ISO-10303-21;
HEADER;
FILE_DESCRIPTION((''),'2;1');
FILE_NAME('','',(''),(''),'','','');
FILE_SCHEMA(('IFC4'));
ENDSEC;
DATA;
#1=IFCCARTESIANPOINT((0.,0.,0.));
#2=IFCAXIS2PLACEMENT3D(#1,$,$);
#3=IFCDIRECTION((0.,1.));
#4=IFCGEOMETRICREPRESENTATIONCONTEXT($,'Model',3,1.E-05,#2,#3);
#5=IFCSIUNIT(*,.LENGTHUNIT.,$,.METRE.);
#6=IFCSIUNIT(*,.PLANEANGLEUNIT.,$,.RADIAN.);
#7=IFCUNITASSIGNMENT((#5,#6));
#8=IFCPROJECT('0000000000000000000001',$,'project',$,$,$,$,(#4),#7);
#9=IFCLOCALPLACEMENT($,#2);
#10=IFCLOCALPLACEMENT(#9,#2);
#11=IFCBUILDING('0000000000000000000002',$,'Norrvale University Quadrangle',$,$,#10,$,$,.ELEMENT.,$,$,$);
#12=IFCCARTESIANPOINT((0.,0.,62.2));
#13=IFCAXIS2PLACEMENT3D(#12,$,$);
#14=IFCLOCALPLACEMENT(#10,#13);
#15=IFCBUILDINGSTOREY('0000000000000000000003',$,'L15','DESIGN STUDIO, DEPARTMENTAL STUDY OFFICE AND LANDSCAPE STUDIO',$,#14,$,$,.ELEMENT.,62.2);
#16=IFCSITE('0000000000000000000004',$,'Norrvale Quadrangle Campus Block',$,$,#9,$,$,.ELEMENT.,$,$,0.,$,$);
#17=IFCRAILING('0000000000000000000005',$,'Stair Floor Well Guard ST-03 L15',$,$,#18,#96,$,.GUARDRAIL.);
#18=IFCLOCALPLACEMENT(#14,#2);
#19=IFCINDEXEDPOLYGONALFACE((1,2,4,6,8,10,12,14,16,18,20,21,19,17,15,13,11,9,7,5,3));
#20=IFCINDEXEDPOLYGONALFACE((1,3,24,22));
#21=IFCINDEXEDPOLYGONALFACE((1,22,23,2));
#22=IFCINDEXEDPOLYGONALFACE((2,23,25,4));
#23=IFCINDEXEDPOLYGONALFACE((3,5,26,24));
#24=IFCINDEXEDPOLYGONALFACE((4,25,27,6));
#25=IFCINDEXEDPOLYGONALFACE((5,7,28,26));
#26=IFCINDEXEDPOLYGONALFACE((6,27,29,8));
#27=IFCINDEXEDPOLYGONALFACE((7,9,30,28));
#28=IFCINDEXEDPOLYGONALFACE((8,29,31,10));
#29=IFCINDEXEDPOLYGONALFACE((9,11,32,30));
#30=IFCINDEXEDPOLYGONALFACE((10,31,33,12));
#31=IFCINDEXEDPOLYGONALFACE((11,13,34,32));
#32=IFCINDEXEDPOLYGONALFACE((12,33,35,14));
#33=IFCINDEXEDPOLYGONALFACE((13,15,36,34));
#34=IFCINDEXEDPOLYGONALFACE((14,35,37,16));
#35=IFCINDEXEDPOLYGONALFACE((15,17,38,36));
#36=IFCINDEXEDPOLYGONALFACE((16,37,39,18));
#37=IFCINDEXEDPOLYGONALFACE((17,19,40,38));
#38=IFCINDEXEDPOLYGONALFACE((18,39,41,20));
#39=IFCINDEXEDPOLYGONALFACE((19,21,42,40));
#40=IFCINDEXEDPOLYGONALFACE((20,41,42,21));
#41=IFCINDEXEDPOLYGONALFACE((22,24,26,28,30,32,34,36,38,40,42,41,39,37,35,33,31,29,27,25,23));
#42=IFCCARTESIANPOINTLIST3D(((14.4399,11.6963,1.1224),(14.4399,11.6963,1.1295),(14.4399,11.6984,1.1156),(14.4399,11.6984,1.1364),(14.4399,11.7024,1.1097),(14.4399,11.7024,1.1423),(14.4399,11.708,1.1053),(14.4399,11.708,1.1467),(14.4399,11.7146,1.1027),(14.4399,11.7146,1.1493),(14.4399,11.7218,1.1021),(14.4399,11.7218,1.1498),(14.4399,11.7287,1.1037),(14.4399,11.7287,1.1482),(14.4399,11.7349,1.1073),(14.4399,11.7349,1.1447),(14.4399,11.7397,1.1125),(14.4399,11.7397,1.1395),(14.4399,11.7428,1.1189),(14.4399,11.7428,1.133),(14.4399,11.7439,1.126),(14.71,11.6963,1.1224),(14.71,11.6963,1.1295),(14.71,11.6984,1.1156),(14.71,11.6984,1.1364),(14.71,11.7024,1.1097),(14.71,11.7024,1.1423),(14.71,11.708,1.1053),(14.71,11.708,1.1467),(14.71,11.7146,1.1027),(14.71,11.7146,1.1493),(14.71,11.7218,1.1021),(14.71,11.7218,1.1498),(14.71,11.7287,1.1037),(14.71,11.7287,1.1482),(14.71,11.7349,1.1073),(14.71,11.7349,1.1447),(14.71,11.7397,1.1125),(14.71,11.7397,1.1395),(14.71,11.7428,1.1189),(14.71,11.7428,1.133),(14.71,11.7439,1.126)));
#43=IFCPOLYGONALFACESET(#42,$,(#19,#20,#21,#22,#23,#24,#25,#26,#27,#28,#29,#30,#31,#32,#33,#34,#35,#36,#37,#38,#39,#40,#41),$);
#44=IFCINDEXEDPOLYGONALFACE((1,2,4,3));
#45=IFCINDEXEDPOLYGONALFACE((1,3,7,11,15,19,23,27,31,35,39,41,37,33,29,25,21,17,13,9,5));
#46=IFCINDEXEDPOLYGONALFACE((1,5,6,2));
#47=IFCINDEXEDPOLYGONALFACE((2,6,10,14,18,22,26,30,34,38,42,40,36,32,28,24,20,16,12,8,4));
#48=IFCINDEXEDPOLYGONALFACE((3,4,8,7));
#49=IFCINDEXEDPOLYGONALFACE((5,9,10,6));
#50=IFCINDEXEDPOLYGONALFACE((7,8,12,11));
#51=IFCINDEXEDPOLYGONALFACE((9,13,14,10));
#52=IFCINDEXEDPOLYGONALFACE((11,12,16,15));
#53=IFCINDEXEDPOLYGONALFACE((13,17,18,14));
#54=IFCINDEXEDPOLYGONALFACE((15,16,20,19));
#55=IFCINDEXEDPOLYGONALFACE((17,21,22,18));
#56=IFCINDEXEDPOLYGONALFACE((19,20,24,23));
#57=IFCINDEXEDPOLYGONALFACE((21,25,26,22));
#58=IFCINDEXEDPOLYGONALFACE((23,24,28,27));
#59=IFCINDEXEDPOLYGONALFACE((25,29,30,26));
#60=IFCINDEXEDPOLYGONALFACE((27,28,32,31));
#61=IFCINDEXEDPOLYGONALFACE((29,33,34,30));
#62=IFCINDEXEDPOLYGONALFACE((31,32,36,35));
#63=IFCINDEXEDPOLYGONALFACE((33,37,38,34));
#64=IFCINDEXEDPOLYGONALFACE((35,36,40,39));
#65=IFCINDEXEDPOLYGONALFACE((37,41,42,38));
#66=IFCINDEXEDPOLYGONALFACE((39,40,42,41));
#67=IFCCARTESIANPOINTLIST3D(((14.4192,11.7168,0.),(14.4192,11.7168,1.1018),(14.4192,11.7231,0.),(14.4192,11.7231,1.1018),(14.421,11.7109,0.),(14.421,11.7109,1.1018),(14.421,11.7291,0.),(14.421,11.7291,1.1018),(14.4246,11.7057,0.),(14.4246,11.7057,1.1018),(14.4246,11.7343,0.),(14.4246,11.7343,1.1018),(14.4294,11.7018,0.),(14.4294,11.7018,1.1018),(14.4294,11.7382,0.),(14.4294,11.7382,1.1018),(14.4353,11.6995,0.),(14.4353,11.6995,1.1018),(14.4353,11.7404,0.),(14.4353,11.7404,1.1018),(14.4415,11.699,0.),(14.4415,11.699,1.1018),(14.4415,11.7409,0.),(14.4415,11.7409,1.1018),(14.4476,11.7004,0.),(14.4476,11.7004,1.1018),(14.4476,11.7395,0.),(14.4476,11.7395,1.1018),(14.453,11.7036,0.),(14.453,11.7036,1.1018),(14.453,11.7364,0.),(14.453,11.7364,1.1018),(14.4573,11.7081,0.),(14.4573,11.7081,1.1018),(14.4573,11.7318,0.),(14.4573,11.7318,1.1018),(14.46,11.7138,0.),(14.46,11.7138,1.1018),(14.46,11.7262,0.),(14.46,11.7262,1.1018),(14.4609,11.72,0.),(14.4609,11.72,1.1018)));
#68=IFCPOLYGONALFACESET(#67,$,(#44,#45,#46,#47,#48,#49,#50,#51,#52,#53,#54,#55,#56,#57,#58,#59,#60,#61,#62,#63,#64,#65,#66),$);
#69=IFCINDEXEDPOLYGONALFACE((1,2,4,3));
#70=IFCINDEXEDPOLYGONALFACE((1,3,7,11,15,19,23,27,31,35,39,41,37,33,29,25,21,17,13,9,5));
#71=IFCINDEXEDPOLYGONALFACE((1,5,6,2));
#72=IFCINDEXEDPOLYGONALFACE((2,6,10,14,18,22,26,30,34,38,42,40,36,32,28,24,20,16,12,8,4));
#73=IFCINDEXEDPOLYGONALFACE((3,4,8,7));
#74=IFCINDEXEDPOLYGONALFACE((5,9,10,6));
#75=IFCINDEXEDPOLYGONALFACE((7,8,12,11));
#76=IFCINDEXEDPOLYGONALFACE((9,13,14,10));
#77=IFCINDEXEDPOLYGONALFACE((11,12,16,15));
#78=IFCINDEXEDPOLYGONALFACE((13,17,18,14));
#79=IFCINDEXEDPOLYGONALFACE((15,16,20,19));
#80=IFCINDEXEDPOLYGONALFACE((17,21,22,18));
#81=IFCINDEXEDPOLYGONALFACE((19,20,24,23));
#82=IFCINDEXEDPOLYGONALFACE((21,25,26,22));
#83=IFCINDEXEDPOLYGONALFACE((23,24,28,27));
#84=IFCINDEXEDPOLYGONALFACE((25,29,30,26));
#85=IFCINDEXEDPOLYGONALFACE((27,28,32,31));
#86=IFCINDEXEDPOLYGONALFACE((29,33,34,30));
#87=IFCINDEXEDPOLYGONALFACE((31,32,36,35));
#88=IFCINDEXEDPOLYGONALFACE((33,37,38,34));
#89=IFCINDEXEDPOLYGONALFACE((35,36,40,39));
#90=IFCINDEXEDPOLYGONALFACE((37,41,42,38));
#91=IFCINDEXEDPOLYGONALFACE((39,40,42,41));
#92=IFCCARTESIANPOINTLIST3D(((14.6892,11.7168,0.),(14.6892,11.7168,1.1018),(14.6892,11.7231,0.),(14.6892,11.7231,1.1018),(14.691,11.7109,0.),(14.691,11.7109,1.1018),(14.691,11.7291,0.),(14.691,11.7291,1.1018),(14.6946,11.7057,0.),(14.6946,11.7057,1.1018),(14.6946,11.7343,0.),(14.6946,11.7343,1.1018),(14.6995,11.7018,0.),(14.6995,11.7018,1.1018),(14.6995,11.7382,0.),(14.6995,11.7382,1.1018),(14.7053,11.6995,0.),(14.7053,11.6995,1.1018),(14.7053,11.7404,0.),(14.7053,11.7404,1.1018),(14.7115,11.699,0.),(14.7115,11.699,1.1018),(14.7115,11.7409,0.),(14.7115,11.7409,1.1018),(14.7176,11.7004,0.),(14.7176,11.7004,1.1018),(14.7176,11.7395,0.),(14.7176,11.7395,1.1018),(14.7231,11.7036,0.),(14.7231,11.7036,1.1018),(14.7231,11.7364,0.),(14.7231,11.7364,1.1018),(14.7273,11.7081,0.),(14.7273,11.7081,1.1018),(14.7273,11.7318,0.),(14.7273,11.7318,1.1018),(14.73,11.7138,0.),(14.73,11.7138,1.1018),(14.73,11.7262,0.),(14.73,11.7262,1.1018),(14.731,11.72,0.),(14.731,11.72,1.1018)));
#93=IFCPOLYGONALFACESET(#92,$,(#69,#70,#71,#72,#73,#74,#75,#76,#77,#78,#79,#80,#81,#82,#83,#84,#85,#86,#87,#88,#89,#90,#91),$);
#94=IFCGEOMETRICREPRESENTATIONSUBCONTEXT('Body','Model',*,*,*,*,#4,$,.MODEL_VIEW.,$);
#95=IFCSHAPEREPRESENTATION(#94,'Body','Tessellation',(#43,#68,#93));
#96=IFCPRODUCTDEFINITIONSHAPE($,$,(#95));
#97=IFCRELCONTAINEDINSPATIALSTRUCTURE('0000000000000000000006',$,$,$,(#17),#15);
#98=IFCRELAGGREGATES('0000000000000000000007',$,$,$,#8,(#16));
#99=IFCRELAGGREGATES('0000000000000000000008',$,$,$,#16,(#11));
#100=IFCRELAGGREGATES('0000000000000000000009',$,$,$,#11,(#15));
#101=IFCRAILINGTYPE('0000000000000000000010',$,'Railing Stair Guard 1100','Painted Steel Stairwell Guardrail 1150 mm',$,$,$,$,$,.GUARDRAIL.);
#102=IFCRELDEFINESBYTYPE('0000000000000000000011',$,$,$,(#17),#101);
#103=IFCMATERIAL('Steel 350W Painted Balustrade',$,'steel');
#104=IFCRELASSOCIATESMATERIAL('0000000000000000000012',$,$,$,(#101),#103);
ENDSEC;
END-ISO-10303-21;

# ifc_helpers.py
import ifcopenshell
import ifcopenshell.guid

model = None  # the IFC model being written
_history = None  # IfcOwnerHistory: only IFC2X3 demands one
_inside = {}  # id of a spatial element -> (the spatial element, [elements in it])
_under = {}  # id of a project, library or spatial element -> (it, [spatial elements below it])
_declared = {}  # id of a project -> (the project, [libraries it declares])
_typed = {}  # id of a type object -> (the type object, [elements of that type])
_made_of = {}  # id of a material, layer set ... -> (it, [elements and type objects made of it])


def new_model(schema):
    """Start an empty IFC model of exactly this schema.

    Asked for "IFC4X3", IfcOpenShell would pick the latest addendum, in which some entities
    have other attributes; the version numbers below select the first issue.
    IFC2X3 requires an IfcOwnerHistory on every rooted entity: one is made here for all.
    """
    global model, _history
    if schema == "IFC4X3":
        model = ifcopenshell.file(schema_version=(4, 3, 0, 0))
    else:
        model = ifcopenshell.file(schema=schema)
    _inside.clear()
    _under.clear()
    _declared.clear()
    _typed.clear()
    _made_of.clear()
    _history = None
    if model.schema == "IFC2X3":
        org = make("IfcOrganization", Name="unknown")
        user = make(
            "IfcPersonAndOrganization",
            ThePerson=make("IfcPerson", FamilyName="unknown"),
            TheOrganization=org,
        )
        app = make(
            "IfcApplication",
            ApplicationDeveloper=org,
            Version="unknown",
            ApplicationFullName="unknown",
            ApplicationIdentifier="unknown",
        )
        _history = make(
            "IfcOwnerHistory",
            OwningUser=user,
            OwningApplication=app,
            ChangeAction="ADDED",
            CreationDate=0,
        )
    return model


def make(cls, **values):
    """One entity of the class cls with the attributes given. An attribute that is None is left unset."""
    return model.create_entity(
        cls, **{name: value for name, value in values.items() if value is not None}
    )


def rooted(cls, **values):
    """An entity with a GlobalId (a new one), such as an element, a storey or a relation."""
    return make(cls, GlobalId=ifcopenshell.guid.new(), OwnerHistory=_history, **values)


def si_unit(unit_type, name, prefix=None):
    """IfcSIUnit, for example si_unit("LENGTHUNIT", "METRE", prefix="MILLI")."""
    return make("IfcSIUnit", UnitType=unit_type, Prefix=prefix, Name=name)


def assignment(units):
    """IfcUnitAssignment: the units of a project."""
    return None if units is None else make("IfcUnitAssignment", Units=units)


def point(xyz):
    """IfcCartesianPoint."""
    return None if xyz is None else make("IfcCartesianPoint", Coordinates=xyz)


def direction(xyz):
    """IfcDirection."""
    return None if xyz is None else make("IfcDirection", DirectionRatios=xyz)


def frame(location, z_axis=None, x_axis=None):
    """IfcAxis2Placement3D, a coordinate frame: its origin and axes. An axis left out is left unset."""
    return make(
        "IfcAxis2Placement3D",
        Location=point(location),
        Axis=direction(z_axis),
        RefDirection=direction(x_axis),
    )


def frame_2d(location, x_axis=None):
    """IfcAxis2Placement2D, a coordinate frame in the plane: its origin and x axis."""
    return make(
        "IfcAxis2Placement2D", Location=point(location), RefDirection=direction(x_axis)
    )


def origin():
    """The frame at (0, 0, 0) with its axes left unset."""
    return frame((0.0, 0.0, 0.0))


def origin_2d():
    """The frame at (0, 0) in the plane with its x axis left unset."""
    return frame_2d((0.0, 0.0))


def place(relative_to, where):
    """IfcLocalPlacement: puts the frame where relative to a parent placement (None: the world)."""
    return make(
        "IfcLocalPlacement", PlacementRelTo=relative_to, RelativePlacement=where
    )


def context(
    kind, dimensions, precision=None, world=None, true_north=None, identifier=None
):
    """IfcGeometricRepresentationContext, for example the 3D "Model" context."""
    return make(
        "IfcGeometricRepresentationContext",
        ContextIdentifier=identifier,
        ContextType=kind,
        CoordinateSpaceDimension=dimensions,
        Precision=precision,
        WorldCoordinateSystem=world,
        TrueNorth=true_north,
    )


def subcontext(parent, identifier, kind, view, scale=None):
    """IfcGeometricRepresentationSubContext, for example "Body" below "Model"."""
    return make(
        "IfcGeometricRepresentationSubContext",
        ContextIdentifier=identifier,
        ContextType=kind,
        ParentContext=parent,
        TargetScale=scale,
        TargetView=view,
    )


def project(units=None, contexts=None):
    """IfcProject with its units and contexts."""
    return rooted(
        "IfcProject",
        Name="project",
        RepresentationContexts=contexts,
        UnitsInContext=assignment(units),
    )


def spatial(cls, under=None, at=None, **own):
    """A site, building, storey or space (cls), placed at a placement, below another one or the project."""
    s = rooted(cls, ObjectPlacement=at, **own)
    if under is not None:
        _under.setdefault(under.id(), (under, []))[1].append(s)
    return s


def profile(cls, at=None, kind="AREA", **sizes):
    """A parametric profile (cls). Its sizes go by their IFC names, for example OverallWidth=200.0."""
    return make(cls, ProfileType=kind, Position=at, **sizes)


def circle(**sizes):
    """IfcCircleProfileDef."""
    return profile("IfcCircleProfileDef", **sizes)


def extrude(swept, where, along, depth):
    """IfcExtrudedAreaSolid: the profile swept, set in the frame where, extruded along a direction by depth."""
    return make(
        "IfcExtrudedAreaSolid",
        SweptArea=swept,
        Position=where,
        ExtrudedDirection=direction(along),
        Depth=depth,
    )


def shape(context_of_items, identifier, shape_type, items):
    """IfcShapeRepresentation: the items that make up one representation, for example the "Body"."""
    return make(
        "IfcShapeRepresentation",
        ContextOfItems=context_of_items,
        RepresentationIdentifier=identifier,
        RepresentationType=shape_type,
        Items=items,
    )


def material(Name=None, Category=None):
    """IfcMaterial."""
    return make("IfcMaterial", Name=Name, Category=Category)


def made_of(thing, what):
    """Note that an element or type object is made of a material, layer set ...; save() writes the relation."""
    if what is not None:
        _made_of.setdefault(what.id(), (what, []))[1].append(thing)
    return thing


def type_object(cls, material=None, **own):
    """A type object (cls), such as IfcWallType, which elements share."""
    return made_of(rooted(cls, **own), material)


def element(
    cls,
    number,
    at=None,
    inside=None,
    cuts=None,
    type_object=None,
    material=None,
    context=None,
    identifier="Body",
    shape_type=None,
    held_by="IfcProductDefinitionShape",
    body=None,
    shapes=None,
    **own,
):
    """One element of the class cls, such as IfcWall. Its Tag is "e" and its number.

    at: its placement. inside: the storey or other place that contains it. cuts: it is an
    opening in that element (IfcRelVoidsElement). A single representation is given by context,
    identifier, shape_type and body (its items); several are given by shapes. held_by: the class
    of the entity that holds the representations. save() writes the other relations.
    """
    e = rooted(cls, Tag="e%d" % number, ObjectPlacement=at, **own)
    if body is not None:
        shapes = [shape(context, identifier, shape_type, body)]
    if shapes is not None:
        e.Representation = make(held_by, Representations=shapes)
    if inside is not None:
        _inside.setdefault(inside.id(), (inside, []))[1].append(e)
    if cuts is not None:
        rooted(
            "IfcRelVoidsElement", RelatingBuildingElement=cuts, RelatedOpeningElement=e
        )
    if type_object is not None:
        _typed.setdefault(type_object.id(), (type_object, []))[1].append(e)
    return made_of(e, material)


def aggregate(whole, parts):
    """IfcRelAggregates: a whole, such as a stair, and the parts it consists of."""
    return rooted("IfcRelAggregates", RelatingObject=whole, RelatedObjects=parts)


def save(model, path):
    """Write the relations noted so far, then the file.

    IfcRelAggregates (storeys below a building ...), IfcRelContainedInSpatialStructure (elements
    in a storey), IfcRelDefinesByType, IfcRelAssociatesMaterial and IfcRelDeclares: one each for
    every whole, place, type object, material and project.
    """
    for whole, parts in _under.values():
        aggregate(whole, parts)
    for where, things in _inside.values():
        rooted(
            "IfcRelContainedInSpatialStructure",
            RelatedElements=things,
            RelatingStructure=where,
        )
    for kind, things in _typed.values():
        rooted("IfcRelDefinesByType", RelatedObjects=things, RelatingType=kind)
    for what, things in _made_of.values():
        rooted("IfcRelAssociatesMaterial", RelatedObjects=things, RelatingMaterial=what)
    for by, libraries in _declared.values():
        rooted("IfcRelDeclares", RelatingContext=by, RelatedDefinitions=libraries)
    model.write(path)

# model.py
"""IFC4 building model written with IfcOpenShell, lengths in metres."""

from ifc_helpers import new_model, si_unit, direction, frame, origin, origin_2d, place, context, subcontext, project, spatial, circle, extrude, material, type_object, element, save


model = new_model("IFC4")

# Units and contexts
model_context = context("Model", 3, precision=1e-05, world=origin(), true_north=direction((0.0, 1.0)))
body_context = subcontext(model_context, "Body", "Model", "MODEL_VIEW")
ifc_project = project(units=[si_unit("LENGTHUNIT", "METRE"), si_unit("PLANEANGLEUNIT", "RADIAN")], contexts=[model_context])

# Site, building, storey
site_placement = place(None, origin())
site = spatial("IfcSite", under=ifc_project, at=site_placement, Name="Norrvale Quadrangle Campus Block", CompositionType="ELEMENT", RefElevation=0.0)
building_placement = place(site_placement, origin())
building = spatial("IfcBuilding", under=site, at=building_placement, Name="Norrvale University Quadrangle", CompositionType="ELEMENT")
storey_placement = place(building_placement, frame((0.0, 0.0, 62.2)))
storey = spatial("IfcBuildingStorey", under=building, at=storey_placement, Name="L15", Description="DESIGN STUDIO, DEPARTMENTAL STUDY OFFICE AND LANDSCAPE STUDIO", CompositionType="ELEMENT", Elevation=62.2)

# Railing
ifc_material_1 = material(Name="Steel 350W Painted Balustrade", Category="steel")
railing_type_1 = type_object("IfcRailingType", Name="Railing Stair Guard 1100", Description="Painted Steel Stairwell Guardrail 1150 mm", PredefinedType="GUARDRAIL", material=ifc_material_1)
railing_1_placement = place(storey_placement, frame((14.4399, 11.72, 0.0)))
element("IfcRailing", 1, at=railing_1_placement, inside=storey, type_object=railing_type_1, Name="Stair Floor Well Guard ST-03 L15", PredefinedType="GUARDRAIL", context=body_context, shape_type="SweptSolid", body=[
    extrude(circle(Radius=0.0239, at=origin_2d()), frame((0.0, 0.0, 1.126), z_axis=(1.0, 0.0, 0.0), x_axis=(0.0, 1.0, 0.0)), (0.0, 0.0, 1.0), 0.27),
    extrude(circle(Radius=0.021, at=origin_2d()), origin(), (0.0, 0.0, 1.0), 1.1018),
    extrude(circle(Radius=0.021, at=origin_2d()), frame((0.27, 0.0, 0.0)), (0.0, 0.0, 1.0), 1.1018),
])

save(model, "model.ifc")
